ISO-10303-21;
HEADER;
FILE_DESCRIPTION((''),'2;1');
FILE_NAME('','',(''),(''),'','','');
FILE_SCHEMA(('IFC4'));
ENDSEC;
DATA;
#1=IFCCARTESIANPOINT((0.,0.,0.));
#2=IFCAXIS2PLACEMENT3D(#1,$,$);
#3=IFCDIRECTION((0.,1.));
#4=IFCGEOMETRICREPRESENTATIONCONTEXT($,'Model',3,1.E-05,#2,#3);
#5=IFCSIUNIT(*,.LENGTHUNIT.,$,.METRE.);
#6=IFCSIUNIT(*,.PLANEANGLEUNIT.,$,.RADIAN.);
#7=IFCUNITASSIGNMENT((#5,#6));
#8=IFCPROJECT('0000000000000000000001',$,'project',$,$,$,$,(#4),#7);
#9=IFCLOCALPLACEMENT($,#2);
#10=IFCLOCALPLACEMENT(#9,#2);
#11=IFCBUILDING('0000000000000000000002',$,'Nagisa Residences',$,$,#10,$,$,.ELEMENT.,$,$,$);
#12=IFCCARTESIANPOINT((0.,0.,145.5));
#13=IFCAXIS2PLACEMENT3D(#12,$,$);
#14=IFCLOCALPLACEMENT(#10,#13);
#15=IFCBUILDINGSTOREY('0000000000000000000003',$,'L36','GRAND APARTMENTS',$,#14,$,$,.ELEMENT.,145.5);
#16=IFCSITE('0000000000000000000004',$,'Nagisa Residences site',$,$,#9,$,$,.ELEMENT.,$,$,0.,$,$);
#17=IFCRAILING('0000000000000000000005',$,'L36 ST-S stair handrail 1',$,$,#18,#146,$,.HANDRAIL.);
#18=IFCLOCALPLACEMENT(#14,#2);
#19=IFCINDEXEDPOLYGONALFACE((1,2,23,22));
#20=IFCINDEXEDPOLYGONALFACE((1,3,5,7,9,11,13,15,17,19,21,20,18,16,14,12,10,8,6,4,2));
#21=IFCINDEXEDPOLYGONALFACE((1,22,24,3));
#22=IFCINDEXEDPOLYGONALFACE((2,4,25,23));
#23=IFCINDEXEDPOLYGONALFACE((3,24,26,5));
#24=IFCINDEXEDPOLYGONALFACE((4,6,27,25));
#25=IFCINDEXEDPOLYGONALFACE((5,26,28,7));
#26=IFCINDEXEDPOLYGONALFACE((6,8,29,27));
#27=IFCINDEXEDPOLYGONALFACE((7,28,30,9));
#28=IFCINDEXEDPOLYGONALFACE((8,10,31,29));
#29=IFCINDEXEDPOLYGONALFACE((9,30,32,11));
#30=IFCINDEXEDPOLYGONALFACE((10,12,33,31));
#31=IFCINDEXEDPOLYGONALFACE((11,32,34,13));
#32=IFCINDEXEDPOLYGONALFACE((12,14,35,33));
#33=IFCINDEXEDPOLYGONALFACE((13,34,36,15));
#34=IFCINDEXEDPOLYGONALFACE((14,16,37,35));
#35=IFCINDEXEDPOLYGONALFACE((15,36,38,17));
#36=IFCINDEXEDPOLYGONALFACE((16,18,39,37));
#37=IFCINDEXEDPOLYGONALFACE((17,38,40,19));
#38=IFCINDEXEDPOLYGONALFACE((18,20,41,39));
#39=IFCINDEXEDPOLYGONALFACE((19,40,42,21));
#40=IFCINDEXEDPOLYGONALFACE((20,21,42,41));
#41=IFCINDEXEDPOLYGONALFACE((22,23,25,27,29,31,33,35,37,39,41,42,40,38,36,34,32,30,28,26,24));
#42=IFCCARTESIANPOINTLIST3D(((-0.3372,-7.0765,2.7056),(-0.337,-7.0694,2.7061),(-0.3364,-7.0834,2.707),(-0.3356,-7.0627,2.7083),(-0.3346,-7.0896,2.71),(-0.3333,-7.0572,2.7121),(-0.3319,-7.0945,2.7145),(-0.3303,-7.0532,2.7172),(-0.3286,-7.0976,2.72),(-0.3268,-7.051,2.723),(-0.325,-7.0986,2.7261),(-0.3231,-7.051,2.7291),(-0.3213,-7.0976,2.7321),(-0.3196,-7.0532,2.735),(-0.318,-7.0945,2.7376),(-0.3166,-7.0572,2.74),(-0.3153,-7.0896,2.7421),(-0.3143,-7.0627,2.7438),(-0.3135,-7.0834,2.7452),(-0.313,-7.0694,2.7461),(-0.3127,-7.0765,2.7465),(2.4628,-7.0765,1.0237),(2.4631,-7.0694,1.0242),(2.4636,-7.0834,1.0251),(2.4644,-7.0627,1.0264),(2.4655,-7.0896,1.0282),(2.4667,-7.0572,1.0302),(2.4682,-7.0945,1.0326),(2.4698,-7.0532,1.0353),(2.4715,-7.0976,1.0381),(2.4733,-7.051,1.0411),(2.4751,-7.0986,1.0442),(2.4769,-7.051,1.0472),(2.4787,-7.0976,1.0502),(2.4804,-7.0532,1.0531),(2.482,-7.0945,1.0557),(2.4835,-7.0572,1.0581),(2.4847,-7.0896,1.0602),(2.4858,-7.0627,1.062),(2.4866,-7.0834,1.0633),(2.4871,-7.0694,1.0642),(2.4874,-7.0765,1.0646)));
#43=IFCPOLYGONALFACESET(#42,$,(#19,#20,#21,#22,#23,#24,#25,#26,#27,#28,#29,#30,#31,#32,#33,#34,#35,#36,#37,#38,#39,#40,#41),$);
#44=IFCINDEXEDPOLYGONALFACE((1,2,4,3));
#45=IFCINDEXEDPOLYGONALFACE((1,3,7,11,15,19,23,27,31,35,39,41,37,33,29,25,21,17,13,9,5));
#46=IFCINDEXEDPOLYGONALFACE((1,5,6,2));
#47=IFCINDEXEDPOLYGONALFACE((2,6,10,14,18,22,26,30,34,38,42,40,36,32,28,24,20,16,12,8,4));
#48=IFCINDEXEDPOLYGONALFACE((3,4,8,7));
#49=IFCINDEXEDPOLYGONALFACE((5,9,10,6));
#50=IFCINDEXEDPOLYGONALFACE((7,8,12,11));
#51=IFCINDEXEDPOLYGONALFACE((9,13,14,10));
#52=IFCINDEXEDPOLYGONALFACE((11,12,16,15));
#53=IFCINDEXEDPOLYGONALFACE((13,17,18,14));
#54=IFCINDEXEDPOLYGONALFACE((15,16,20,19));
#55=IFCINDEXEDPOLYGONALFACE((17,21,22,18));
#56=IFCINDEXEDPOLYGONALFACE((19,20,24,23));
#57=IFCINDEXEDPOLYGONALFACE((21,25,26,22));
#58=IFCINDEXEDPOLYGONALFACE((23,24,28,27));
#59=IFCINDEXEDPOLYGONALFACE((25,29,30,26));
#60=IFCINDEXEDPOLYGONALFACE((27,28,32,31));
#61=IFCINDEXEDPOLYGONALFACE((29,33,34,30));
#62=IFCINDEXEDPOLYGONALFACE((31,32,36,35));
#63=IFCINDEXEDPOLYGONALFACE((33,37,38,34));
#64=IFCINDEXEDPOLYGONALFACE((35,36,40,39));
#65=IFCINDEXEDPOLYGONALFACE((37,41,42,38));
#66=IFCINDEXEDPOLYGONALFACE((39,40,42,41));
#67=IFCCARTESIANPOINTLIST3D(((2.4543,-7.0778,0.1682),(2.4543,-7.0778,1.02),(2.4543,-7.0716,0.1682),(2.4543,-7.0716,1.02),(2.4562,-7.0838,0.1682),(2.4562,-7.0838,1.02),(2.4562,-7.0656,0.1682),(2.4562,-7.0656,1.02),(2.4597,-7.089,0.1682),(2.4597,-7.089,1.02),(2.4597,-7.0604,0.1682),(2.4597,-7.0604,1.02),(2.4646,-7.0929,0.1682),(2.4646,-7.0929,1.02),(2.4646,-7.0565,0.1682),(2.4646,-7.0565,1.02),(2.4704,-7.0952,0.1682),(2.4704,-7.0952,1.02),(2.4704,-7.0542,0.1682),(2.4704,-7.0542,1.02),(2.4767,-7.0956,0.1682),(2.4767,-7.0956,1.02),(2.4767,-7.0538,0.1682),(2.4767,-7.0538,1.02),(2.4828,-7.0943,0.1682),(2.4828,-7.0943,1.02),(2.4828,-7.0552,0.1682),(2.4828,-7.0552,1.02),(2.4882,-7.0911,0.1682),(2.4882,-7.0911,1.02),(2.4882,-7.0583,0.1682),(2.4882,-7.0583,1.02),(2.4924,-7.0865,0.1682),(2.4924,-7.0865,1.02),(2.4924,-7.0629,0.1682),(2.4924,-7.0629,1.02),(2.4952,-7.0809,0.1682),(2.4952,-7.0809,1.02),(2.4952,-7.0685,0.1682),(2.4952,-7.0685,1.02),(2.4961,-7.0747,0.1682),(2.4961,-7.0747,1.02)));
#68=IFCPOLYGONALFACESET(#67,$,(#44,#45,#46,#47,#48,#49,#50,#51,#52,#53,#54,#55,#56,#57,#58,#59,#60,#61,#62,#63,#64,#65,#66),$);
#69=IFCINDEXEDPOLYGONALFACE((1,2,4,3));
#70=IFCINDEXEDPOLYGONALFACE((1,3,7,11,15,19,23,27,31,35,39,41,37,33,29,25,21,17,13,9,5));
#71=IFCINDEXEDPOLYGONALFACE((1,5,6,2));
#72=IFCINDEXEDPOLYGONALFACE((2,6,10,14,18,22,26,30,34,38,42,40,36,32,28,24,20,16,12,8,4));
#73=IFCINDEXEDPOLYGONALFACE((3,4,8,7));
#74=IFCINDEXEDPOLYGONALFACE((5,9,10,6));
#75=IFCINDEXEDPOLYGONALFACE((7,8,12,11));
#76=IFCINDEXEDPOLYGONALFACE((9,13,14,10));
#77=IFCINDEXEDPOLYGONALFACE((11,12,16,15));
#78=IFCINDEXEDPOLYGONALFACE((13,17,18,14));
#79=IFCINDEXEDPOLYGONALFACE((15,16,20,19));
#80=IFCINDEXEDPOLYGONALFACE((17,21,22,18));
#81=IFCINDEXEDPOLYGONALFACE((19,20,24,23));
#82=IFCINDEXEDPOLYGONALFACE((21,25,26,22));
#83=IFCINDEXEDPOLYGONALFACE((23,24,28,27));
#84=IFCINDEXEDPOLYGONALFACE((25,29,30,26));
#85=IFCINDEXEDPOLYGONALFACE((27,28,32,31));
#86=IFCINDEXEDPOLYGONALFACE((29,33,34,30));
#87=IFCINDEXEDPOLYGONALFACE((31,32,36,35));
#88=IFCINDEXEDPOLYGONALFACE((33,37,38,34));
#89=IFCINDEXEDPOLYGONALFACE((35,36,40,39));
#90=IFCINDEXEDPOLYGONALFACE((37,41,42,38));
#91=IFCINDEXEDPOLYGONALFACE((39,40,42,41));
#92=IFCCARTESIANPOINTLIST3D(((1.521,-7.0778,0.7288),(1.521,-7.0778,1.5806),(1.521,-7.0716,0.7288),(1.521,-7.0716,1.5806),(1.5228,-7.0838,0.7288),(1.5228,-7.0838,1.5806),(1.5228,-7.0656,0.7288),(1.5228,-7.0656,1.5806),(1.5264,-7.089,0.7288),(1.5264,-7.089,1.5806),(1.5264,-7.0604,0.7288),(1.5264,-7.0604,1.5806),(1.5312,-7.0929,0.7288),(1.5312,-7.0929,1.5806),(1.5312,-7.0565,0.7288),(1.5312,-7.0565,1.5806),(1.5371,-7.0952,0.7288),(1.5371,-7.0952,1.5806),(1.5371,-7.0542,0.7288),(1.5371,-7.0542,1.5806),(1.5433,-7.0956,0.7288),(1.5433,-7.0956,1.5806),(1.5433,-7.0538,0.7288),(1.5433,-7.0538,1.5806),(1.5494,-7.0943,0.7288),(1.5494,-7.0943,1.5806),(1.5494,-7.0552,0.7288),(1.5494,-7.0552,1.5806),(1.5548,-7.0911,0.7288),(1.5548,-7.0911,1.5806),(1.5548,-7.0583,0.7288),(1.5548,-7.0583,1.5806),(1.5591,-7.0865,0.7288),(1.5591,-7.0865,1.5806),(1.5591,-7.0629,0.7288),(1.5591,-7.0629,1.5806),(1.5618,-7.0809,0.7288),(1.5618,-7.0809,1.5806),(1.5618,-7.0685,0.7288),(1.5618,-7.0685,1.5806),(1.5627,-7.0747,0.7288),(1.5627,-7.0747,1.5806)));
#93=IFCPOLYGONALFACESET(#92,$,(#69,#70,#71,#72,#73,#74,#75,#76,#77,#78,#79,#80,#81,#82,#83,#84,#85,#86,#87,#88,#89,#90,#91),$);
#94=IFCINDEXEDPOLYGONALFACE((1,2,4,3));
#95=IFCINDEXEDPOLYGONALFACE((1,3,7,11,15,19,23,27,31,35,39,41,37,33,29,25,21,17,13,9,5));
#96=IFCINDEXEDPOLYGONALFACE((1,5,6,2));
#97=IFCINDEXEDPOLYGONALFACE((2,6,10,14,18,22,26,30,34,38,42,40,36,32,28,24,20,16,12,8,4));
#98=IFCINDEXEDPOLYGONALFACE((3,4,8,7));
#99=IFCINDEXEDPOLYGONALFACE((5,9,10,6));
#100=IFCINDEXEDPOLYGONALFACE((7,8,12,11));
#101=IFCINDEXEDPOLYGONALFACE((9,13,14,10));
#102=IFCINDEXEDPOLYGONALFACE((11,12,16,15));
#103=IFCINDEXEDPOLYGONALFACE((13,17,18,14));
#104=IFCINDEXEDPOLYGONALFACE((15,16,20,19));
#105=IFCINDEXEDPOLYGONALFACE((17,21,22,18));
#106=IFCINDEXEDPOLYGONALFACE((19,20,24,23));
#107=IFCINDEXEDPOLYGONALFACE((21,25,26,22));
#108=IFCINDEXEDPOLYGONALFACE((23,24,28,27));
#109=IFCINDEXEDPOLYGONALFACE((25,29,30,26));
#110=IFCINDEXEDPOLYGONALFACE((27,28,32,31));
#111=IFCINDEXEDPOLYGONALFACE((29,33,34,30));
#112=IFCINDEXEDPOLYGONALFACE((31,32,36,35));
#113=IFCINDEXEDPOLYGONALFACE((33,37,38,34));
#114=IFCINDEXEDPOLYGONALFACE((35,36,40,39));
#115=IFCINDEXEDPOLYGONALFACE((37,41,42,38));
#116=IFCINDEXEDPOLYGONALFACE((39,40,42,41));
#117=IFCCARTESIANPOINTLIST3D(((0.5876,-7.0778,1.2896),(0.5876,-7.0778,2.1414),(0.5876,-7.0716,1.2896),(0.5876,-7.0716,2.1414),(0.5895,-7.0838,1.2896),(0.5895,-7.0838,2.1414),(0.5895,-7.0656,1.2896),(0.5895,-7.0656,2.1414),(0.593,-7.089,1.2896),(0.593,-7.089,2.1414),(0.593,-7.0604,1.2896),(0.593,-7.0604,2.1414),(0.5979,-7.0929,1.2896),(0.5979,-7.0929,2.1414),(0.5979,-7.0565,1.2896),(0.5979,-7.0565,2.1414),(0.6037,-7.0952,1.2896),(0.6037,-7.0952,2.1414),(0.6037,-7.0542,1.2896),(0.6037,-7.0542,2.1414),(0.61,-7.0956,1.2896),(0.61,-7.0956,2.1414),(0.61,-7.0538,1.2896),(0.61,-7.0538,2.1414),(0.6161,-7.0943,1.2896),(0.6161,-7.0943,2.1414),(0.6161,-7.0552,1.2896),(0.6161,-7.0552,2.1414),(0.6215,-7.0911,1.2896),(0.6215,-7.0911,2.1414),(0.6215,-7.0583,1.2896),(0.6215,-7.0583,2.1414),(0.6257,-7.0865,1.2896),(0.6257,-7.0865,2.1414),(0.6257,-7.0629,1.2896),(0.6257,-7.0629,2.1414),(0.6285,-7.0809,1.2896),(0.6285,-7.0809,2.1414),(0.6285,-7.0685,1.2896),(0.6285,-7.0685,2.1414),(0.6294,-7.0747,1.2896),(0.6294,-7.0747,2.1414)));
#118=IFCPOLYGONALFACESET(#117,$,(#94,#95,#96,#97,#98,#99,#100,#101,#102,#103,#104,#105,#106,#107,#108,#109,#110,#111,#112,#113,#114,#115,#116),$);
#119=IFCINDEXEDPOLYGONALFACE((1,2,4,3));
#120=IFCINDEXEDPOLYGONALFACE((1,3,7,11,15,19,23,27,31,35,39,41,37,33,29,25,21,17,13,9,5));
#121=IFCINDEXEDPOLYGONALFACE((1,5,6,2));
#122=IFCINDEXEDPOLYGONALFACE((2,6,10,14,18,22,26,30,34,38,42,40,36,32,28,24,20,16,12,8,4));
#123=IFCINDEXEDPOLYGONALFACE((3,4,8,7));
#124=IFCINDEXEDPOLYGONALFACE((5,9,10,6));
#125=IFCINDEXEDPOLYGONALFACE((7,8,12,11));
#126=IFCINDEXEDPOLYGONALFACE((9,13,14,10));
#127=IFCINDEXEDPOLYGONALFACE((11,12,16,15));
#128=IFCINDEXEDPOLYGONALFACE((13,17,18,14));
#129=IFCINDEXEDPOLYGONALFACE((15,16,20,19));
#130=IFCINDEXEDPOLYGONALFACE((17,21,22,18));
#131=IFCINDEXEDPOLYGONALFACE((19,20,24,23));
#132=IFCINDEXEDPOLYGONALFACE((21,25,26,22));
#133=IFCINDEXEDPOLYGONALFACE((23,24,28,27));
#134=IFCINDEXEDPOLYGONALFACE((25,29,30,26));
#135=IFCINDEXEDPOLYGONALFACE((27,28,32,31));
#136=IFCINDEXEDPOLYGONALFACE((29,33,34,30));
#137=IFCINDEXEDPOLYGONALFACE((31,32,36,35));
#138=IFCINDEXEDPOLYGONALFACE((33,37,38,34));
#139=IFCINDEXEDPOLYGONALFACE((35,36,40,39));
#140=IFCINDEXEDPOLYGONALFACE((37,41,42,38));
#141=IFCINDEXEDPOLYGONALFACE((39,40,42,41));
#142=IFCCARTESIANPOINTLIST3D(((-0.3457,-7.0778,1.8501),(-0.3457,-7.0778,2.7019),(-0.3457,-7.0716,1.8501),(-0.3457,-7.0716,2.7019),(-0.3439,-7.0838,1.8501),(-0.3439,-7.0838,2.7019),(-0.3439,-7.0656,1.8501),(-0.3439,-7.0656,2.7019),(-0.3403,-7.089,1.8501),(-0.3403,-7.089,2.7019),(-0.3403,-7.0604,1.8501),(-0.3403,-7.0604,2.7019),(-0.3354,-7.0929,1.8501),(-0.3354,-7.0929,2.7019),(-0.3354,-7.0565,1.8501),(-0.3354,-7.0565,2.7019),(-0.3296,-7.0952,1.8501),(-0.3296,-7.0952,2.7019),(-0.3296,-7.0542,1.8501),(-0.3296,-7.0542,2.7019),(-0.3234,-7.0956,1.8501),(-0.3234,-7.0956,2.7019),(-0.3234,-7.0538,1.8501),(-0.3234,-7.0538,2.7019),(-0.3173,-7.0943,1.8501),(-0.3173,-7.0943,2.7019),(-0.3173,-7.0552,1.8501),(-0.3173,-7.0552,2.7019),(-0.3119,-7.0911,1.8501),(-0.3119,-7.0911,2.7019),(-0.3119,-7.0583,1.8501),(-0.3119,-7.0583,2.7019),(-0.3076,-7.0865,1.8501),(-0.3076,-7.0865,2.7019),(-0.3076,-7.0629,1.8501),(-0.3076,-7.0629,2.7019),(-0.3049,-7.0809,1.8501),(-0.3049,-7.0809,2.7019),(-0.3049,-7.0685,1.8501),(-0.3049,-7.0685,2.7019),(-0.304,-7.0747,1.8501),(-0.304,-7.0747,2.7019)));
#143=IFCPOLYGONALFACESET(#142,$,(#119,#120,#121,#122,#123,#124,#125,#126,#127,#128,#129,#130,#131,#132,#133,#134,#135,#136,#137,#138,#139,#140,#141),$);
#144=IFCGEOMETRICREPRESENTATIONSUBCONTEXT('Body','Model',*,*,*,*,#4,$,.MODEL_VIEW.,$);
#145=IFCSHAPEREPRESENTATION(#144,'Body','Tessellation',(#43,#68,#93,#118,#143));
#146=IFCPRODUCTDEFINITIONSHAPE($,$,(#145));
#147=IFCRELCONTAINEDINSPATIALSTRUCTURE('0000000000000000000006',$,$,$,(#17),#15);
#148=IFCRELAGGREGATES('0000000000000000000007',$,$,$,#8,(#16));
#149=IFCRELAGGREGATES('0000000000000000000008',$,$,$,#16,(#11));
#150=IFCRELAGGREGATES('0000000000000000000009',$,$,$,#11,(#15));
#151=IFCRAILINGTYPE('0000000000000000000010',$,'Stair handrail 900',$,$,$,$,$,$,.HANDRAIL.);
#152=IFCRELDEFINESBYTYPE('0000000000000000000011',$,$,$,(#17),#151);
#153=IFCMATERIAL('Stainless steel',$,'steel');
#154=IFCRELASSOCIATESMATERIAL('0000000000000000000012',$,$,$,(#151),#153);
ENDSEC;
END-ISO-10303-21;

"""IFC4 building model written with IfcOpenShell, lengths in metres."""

from ifc_helpers import new_model, si_unit, direction, frame, origin, origin_2d, place, context, subcontext, project, spatial, circle, extrude, material, type_object, element, save


model = new_model("IFC4")

# Units and contexts
model_context = context("Model", 3, precision=1e-05, world=origin(), true_north=direction((0.0, 1.0)))
body_context = subcontext(model_context, "Body", "Model", "MODEL_VIEW")
ifc_project = project(units=[si_unit("LENGTHUNIT", "METRE"), si_unit("PLANEANGLEUNIT", "RADIAN")], contexts=[model_context])

# Site, building, storey
site_placement = place(None, origin())
site = spatial("IfcSite", under=ifc_project, at=site_placement, Name="Nagisa Residences site", CompositionType="ELEMENT", RefElevation=0.0)
building_placement = place(site_placement, origin())
building = spatial("IfcBuilding", under=site, at=building_placement, Name="Nagisa Residences", CompositionType="ELEMENT")
storey_placement = place(building_placement, frame((0.0, 0.0, 145.5)))
storey = spatial("IfcBuildingStorey", under=building, at=storey_placement, Name="L36", Description="GRAND APARTMENTS", CompositionType="ELEMENT", Elevation=145.5)

# Railing
ifc_material_1 = material(Name="Stainless steel", Category="steel")
railing_type_1 = type_object("IfcRailingType", Name="Stair handrail 900", PredefinedType="HANDRAIL", material=ifc_material_1)
railing_1_placement = place(storey_placement, frame((2.4751, -7.0747, 0.1682)))
element("IfcRailing", 1, at=railing_1_placement, inside=storey, type_object=railing_type_1, Name="L36 ST-S stair handrail 1", PredefinedType="HANDRAIL", context=body_context, shape_type="SweptSolid", body=[
    extrude(circle(Radius=0.0239, at=origin_2d()), frame((0.0, 0.0, 0.876), z_axis=(-0.857242, 0.0, 0.514913), x_axis=(0.0, -1.0, 0.0)), (0.0, 0.0, 1.0), 3.2664),
    extrude(circle(Radius=0.021, at=origin_2d()), origin(), (0.0, 0.0, 1.0), 0.8518),
    extrude(circle(Radius=0.021, at=origin_2d()), frame((-0.9333, 0.0, 0.5605)), (0.0, 0.0, 1.0), 0.8518),
    extrude(circle(Radius=0.021, at=origin_2d()), frame((-1.8667, 0.0, 1.1213)), (0.0, 0.0, 1.0), 0.8518),
    extrude(circle(Radius=0.021, at=origin_2d()), frame((-2.8, 0.0, 1.6819)), (0.0, 0.0, 1.0), 0.8518),
])

save(model, "model.ifc")
